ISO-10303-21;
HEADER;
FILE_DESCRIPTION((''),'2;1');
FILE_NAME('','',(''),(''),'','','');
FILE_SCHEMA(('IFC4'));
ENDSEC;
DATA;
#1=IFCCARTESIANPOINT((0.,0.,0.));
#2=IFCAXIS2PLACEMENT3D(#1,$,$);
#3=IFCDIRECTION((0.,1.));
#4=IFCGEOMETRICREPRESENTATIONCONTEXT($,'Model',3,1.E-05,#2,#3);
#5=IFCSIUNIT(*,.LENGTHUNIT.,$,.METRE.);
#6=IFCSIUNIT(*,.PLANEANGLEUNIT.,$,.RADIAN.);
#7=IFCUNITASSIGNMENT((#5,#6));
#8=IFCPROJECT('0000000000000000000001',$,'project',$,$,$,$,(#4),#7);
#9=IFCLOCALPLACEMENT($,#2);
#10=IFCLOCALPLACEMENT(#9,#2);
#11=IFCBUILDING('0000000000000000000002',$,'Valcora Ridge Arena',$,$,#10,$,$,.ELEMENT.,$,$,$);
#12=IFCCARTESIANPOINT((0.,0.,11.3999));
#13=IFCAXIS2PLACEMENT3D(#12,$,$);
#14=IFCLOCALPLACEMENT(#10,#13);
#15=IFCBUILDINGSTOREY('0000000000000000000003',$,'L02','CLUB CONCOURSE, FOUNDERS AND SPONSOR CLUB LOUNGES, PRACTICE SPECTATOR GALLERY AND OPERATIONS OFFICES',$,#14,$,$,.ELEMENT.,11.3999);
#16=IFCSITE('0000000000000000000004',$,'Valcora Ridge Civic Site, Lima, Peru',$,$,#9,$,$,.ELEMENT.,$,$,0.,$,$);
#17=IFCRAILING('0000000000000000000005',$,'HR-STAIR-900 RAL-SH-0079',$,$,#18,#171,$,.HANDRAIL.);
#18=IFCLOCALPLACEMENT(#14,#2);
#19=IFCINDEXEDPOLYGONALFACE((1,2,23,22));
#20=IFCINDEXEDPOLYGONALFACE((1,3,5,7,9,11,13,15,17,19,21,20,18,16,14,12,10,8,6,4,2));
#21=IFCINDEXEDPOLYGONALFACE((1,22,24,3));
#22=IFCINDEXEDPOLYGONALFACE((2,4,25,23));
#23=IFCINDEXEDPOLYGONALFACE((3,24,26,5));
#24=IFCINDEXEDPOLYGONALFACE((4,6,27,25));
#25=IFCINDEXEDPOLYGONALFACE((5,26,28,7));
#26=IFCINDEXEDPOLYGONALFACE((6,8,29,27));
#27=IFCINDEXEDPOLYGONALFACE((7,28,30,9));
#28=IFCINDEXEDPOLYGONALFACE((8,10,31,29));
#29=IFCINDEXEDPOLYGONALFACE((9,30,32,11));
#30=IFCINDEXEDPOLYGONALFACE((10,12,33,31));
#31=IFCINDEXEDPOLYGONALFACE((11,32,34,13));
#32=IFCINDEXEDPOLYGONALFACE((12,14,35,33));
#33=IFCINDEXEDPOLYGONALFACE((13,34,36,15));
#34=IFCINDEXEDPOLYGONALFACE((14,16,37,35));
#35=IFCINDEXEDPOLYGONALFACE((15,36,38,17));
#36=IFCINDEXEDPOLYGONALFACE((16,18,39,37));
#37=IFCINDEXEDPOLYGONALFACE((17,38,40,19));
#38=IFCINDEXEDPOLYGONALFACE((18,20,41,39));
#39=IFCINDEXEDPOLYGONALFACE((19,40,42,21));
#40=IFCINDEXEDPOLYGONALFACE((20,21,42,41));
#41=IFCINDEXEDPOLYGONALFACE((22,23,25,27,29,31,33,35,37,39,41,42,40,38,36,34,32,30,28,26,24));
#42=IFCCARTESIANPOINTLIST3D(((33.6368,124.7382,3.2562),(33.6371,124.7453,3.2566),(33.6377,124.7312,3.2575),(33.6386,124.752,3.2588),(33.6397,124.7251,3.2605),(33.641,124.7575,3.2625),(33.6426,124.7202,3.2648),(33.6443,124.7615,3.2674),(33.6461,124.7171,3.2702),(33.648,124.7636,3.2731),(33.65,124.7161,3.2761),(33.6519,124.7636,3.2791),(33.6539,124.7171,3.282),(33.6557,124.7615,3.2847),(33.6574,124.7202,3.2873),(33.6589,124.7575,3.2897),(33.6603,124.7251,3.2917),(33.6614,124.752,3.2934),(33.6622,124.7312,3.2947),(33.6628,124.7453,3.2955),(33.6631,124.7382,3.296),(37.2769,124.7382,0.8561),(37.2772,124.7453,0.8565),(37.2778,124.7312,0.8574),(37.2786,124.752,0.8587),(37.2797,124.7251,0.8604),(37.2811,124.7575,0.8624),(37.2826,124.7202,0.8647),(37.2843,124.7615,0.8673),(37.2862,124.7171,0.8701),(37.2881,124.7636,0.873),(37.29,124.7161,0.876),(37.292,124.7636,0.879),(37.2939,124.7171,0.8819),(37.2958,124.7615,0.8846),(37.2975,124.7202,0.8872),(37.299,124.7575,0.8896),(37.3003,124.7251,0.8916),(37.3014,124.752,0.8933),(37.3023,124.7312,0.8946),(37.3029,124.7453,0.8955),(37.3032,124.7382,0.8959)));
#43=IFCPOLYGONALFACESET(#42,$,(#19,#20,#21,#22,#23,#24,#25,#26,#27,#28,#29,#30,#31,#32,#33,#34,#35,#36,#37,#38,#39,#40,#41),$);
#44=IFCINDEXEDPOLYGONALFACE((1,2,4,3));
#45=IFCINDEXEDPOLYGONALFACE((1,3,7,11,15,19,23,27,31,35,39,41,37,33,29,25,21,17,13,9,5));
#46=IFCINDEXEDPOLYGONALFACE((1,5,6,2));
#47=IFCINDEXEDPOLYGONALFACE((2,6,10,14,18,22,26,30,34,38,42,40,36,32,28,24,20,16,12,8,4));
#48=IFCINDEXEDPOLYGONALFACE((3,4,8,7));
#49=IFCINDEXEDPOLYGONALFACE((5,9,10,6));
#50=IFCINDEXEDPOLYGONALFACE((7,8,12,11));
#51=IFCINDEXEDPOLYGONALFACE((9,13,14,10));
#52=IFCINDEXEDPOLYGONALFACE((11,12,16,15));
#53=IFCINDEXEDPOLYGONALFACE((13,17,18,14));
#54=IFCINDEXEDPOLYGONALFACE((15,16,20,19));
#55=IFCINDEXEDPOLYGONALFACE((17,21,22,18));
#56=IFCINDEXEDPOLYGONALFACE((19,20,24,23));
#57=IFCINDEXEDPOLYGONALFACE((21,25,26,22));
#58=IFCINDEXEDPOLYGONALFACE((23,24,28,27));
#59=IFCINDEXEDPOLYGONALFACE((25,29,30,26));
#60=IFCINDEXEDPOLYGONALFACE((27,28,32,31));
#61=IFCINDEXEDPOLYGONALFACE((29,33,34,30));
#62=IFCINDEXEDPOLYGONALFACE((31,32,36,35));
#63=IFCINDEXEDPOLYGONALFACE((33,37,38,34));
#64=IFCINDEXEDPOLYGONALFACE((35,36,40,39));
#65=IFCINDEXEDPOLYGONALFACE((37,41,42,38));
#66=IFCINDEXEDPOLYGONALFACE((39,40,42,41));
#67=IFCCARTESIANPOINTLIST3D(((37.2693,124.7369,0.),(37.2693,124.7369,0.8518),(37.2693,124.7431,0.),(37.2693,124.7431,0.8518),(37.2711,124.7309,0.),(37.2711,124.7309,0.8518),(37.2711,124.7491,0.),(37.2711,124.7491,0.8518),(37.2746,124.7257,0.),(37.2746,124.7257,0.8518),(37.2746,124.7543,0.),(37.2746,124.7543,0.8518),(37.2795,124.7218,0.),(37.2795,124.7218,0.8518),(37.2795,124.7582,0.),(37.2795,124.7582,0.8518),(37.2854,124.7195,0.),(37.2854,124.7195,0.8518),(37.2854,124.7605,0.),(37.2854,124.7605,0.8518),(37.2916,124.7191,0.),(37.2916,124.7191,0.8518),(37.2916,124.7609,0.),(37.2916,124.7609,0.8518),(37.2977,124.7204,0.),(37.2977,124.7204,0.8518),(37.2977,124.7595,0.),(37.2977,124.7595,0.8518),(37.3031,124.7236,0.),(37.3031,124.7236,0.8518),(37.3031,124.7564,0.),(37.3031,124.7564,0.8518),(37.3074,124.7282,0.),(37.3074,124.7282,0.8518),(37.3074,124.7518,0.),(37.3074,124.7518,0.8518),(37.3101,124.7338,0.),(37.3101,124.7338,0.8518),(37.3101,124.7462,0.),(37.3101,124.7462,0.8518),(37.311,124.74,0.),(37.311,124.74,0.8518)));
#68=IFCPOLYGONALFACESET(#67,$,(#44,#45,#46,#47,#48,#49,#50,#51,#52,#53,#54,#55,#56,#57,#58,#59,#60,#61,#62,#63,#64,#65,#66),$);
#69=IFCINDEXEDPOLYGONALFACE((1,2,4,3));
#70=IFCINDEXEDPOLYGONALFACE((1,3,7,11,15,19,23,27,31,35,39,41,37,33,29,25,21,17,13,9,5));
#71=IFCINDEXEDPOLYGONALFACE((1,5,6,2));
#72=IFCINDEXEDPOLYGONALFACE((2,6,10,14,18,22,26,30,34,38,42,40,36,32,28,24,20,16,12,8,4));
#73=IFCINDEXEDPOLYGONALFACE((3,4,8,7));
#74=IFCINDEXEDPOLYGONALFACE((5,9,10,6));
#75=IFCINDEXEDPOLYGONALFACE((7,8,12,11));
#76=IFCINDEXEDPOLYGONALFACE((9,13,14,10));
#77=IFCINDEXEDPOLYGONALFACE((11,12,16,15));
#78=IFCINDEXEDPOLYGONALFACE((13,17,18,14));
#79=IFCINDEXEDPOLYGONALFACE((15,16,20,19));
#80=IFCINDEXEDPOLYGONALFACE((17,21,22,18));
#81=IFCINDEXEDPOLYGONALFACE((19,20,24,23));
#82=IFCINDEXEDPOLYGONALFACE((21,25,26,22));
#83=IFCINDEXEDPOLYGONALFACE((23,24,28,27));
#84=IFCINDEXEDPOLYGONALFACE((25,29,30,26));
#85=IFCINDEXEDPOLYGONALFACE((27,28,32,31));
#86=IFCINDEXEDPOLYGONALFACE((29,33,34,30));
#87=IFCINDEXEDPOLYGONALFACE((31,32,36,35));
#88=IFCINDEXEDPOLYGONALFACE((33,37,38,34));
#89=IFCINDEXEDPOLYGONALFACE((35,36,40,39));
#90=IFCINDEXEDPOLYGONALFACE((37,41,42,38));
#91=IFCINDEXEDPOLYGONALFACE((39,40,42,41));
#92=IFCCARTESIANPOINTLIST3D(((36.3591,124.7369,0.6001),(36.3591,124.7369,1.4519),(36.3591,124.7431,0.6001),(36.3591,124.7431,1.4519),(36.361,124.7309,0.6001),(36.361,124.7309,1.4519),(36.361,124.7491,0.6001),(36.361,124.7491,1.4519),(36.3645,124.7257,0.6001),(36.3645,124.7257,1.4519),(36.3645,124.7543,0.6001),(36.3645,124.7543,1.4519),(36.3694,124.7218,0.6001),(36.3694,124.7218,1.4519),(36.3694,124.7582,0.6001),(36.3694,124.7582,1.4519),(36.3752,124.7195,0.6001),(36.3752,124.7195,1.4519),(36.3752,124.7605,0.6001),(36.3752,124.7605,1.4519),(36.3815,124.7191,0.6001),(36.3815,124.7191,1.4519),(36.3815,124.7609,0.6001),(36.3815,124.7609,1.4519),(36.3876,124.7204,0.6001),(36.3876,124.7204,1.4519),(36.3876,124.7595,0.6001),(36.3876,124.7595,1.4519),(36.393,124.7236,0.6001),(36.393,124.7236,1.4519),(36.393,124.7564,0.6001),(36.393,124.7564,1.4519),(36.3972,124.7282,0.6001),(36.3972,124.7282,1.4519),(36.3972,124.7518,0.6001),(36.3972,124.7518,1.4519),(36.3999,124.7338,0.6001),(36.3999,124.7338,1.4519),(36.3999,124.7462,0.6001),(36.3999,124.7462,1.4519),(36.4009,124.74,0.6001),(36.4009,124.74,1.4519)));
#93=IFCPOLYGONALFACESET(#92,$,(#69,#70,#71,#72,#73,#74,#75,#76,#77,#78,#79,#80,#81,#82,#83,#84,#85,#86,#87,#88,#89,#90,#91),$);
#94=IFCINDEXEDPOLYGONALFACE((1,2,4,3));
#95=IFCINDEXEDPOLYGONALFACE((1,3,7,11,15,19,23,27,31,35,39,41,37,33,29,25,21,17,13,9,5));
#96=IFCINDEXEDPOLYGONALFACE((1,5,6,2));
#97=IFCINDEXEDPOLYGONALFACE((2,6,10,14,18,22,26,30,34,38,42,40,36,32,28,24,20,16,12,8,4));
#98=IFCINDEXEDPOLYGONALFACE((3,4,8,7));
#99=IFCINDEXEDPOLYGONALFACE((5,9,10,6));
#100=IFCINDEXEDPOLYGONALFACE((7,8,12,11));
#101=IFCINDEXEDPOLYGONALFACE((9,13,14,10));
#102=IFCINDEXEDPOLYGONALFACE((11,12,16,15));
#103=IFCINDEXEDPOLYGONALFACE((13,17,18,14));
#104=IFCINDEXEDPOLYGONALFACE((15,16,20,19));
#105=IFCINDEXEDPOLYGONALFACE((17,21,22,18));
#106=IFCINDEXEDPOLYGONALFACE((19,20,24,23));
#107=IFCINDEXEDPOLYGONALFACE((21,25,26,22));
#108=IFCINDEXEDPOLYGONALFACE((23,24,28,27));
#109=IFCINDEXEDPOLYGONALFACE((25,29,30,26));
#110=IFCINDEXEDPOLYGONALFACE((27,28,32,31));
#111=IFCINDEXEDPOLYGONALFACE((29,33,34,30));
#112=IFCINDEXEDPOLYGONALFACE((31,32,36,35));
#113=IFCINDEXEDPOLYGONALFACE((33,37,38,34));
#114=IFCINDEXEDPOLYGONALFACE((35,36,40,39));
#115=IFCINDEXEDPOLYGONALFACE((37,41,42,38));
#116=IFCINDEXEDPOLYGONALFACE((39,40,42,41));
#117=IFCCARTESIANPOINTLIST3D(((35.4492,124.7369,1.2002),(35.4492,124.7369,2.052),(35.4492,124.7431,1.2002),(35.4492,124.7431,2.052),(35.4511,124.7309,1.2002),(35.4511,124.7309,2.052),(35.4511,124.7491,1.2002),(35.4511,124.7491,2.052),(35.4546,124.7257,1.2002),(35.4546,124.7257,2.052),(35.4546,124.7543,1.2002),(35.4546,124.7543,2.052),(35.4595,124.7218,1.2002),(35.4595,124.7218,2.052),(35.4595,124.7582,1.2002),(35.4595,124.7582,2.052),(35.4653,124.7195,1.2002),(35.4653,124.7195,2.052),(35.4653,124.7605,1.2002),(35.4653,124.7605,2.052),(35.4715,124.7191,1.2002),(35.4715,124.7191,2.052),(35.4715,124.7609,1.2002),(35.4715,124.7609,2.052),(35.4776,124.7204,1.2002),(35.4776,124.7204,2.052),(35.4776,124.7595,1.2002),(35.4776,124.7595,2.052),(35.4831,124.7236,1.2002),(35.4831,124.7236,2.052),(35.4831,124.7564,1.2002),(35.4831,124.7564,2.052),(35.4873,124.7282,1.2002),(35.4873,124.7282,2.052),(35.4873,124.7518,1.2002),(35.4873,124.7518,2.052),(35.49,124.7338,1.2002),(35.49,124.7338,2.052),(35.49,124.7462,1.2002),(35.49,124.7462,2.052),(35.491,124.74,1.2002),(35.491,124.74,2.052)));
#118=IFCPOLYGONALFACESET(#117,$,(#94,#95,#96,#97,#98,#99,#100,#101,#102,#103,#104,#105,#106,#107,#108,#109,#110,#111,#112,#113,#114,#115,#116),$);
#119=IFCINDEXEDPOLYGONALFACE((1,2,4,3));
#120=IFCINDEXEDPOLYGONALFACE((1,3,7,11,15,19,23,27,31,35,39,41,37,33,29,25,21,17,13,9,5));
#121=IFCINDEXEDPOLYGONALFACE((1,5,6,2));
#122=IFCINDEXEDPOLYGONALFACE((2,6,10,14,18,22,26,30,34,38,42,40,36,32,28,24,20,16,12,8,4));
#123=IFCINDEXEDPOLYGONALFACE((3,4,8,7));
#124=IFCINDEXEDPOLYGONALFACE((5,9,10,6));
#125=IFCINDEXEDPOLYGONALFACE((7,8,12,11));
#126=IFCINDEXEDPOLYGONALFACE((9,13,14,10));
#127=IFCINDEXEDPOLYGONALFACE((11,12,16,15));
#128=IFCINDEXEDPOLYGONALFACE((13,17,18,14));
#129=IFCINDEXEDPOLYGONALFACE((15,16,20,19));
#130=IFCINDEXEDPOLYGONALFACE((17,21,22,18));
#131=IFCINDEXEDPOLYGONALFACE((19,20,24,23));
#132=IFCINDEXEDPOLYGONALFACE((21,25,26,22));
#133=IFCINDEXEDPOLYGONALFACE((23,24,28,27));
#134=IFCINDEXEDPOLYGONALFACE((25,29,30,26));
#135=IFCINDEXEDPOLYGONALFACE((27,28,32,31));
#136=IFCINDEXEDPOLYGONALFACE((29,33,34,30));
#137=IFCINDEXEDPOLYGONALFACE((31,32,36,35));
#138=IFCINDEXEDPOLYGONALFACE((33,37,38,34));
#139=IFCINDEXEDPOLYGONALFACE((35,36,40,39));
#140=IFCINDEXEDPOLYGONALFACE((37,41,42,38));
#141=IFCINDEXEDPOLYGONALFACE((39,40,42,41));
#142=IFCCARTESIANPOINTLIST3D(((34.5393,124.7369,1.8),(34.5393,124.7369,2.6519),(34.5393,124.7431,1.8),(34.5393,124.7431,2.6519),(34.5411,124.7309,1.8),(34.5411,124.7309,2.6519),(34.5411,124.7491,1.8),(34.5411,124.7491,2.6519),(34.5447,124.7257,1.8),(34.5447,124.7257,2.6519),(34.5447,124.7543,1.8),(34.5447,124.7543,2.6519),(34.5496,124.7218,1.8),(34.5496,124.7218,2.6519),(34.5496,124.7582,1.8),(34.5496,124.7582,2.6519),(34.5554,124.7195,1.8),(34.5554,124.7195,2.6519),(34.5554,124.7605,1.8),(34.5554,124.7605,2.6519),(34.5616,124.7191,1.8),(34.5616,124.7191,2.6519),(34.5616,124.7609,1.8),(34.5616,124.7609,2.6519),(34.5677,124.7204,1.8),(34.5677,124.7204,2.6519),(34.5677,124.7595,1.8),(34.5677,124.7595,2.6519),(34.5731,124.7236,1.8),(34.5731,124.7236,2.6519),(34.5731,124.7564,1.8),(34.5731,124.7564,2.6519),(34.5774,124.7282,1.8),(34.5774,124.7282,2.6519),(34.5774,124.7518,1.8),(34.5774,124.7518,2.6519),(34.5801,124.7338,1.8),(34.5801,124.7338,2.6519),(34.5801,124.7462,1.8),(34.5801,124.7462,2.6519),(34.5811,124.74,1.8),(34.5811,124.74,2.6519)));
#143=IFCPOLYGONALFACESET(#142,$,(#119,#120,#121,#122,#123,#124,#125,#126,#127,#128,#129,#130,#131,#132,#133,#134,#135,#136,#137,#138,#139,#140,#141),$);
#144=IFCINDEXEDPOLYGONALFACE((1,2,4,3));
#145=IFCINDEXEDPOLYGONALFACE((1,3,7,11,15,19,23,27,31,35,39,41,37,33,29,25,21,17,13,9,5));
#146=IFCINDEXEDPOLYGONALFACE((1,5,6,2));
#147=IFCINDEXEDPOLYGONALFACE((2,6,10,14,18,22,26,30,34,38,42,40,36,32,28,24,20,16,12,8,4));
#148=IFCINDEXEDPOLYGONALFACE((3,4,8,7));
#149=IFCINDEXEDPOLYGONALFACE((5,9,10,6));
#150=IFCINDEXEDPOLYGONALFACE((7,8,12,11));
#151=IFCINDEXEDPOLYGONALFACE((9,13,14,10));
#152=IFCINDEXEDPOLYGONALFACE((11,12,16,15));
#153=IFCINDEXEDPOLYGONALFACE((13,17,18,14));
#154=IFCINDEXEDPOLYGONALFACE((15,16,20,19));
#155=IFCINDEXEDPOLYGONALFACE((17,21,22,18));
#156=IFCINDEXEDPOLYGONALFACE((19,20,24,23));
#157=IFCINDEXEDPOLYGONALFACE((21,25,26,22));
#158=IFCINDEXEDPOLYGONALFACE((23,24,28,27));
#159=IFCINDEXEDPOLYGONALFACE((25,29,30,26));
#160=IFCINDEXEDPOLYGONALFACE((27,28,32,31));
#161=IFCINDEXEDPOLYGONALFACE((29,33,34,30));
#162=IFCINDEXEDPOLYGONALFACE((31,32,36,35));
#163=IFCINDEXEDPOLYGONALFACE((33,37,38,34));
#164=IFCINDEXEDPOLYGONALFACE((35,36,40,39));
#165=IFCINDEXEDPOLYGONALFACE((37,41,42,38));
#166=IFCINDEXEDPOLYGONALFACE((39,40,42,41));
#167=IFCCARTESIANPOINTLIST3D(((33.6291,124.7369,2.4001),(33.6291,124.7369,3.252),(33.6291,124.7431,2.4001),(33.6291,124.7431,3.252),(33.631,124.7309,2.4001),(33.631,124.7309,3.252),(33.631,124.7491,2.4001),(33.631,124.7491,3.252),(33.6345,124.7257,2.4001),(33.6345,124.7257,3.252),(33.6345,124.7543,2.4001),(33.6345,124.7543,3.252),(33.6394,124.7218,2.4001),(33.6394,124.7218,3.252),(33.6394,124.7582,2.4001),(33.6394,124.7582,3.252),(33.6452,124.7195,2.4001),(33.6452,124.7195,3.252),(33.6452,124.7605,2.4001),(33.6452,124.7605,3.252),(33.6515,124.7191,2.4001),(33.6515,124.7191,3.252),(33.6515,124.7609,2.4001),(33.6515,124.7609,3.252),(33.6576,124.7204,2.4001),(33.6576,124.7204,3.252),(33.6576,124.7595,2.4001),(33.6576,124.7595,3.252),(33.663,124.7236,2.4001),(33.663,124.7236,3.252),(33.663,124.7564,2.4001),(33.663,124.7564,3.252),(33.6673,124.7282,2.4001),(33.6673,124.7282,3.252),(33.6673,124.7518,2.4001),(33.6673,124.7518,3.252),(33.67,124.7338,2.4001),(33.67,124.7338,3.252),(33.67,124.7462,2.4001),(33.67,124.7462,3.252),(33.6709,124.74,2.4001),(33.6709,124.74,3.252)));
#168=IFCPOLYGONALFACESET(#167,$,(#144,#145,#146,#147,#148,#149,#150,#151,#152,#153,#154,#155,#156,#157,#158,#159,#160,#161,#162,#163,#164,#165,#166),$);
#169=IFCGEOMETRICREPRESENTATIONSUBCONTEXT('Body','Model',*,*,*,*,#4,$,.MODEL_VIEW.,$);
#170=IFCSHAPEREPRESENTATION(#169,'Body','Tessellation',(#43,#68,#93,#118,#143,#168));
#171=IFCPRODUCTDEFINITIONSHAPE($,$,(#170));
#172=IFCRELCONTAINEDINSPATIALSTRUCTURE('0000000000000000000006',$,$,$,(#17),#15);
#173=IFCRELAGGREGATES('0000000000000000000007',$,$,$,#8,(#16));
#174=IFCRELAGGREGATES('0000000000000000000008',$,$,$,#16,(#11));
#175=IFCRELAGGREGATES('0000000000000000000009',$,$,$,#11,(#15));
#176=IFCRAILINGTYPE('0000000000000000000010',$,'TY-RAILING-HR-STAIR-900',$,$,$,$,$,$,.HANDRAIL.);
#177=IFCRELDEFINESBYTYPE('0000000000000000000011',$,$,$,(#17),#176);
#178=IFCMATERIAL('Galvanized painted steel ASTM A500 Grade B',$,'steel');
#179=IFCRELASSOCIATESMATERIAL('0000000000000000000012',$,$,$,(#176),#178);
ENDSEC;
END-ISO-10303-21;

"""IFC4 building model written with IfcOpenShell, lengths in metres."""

from ifc_helpers import new_model, si_unit, direction, frame, origin, origin_2d, place, context, subcontext, project, spatial, circle, extrude, material, type_object, element, save


model = new_model("IFC4")

# Units and contexts
model_context = context("Model", 3, precision=1e-05, world=origin(), true_north=direction((0.0, 1.0)))
body_context = subcontext(model_context, "Body", "Model", "MODEL_VIEW")
ifc_project = project(units=[si_unit("LENGTHUNIT", "METRE"), si_unit("PLANEANGLEUNIT", "RADIAN")], contexts=[model_context])

# Site, building, storey
site_placement = place(None, origin())
site = spatial("IfcSite", under=ifc_project, at=site_placement, Name="Valcora Ridge Civic Site, Lima, Peru", CompositionType="ELEMENT", RefElevation=0.0)
building_placement = place(site_placement, origin())
building = spatial("IfcBuilding", under=site, at=building_placement, Name="Valcora Ridge Arena", CompositionType="ELEMENT")
storey_placement = place(building_placement, frame((0.0, 0.0, 11.3999)))
storey = spatial("IfcBuildingStorey", under=building, at=storey_placement, Name="L02", Description="CLUB CONCOURSE, FOUNDERS AND SPONSOR CLUB LOUNGES, PRACTICE SPECTATOR GALLERY AND OPERATIONS OFFICES", CompositionType="ELEMENT", Elevation=11.3999)

# Railing
ifc_material_1 = material(Name="Galvanized painted steel ASTM A500 Grade B", Category="steel")
railing_type_1 = type_object("IfcRailingType", Name="TY-RAILING-HR-STAIR-900", PredefinedType="HANDRAIL", material=ifc_material_1)
railing_1_placement = place(storey_placement, frame((37.29, 124.74, 0.0)))
element("IfcRailing", 1, at=railing_1_placement, inside=storey, type_object=railing_type_1, Name="HR-STAIR-900 RAL-SH-0079", PredefinedType="HANDRAIL", context=body_context, shape_type="SweptSolid", body=[
    extrude(circle(Radius=0.0239, at=origin_2d()), frame((0.0, 0.0, 0.876), z_axis=(-0.834856, 0.0, 0.550468), x_axis=(0.0, -1.0, 0.0)), (0.0, 0.0, 1.0), 4.3601),
    extrude(circle(Radius=0.021, at=origin_2d()), origin(), (0.0, 0.0, 1.0), 0.8518),
    extrude(circle(Radius=0.021, at=origin_2d()), frame((-0.9102, 0.0, 0.6001)), (0.0, 0.0, 1.0), 0.8518),
    extrude(circle(Radius=0.021, at=origin_2d()), frame((-1.8201, 0.0, 1.2002)), (0.0, 0.0, 1.0), 0.8518),
    extrude(circle(Radius=0.021, at=origin_2d()), frame((-2.73, 0.0, 1.8)), (0.0, 0.0, 1.0), 0.8518),
    extrude(circle(Radius=0.021, at=origin_2d()), frame((-3.6401, 0.0, 2.4001)), (0.0, 0.0, 1.0), 0.8518),
])

save(model, "model.ifc")
